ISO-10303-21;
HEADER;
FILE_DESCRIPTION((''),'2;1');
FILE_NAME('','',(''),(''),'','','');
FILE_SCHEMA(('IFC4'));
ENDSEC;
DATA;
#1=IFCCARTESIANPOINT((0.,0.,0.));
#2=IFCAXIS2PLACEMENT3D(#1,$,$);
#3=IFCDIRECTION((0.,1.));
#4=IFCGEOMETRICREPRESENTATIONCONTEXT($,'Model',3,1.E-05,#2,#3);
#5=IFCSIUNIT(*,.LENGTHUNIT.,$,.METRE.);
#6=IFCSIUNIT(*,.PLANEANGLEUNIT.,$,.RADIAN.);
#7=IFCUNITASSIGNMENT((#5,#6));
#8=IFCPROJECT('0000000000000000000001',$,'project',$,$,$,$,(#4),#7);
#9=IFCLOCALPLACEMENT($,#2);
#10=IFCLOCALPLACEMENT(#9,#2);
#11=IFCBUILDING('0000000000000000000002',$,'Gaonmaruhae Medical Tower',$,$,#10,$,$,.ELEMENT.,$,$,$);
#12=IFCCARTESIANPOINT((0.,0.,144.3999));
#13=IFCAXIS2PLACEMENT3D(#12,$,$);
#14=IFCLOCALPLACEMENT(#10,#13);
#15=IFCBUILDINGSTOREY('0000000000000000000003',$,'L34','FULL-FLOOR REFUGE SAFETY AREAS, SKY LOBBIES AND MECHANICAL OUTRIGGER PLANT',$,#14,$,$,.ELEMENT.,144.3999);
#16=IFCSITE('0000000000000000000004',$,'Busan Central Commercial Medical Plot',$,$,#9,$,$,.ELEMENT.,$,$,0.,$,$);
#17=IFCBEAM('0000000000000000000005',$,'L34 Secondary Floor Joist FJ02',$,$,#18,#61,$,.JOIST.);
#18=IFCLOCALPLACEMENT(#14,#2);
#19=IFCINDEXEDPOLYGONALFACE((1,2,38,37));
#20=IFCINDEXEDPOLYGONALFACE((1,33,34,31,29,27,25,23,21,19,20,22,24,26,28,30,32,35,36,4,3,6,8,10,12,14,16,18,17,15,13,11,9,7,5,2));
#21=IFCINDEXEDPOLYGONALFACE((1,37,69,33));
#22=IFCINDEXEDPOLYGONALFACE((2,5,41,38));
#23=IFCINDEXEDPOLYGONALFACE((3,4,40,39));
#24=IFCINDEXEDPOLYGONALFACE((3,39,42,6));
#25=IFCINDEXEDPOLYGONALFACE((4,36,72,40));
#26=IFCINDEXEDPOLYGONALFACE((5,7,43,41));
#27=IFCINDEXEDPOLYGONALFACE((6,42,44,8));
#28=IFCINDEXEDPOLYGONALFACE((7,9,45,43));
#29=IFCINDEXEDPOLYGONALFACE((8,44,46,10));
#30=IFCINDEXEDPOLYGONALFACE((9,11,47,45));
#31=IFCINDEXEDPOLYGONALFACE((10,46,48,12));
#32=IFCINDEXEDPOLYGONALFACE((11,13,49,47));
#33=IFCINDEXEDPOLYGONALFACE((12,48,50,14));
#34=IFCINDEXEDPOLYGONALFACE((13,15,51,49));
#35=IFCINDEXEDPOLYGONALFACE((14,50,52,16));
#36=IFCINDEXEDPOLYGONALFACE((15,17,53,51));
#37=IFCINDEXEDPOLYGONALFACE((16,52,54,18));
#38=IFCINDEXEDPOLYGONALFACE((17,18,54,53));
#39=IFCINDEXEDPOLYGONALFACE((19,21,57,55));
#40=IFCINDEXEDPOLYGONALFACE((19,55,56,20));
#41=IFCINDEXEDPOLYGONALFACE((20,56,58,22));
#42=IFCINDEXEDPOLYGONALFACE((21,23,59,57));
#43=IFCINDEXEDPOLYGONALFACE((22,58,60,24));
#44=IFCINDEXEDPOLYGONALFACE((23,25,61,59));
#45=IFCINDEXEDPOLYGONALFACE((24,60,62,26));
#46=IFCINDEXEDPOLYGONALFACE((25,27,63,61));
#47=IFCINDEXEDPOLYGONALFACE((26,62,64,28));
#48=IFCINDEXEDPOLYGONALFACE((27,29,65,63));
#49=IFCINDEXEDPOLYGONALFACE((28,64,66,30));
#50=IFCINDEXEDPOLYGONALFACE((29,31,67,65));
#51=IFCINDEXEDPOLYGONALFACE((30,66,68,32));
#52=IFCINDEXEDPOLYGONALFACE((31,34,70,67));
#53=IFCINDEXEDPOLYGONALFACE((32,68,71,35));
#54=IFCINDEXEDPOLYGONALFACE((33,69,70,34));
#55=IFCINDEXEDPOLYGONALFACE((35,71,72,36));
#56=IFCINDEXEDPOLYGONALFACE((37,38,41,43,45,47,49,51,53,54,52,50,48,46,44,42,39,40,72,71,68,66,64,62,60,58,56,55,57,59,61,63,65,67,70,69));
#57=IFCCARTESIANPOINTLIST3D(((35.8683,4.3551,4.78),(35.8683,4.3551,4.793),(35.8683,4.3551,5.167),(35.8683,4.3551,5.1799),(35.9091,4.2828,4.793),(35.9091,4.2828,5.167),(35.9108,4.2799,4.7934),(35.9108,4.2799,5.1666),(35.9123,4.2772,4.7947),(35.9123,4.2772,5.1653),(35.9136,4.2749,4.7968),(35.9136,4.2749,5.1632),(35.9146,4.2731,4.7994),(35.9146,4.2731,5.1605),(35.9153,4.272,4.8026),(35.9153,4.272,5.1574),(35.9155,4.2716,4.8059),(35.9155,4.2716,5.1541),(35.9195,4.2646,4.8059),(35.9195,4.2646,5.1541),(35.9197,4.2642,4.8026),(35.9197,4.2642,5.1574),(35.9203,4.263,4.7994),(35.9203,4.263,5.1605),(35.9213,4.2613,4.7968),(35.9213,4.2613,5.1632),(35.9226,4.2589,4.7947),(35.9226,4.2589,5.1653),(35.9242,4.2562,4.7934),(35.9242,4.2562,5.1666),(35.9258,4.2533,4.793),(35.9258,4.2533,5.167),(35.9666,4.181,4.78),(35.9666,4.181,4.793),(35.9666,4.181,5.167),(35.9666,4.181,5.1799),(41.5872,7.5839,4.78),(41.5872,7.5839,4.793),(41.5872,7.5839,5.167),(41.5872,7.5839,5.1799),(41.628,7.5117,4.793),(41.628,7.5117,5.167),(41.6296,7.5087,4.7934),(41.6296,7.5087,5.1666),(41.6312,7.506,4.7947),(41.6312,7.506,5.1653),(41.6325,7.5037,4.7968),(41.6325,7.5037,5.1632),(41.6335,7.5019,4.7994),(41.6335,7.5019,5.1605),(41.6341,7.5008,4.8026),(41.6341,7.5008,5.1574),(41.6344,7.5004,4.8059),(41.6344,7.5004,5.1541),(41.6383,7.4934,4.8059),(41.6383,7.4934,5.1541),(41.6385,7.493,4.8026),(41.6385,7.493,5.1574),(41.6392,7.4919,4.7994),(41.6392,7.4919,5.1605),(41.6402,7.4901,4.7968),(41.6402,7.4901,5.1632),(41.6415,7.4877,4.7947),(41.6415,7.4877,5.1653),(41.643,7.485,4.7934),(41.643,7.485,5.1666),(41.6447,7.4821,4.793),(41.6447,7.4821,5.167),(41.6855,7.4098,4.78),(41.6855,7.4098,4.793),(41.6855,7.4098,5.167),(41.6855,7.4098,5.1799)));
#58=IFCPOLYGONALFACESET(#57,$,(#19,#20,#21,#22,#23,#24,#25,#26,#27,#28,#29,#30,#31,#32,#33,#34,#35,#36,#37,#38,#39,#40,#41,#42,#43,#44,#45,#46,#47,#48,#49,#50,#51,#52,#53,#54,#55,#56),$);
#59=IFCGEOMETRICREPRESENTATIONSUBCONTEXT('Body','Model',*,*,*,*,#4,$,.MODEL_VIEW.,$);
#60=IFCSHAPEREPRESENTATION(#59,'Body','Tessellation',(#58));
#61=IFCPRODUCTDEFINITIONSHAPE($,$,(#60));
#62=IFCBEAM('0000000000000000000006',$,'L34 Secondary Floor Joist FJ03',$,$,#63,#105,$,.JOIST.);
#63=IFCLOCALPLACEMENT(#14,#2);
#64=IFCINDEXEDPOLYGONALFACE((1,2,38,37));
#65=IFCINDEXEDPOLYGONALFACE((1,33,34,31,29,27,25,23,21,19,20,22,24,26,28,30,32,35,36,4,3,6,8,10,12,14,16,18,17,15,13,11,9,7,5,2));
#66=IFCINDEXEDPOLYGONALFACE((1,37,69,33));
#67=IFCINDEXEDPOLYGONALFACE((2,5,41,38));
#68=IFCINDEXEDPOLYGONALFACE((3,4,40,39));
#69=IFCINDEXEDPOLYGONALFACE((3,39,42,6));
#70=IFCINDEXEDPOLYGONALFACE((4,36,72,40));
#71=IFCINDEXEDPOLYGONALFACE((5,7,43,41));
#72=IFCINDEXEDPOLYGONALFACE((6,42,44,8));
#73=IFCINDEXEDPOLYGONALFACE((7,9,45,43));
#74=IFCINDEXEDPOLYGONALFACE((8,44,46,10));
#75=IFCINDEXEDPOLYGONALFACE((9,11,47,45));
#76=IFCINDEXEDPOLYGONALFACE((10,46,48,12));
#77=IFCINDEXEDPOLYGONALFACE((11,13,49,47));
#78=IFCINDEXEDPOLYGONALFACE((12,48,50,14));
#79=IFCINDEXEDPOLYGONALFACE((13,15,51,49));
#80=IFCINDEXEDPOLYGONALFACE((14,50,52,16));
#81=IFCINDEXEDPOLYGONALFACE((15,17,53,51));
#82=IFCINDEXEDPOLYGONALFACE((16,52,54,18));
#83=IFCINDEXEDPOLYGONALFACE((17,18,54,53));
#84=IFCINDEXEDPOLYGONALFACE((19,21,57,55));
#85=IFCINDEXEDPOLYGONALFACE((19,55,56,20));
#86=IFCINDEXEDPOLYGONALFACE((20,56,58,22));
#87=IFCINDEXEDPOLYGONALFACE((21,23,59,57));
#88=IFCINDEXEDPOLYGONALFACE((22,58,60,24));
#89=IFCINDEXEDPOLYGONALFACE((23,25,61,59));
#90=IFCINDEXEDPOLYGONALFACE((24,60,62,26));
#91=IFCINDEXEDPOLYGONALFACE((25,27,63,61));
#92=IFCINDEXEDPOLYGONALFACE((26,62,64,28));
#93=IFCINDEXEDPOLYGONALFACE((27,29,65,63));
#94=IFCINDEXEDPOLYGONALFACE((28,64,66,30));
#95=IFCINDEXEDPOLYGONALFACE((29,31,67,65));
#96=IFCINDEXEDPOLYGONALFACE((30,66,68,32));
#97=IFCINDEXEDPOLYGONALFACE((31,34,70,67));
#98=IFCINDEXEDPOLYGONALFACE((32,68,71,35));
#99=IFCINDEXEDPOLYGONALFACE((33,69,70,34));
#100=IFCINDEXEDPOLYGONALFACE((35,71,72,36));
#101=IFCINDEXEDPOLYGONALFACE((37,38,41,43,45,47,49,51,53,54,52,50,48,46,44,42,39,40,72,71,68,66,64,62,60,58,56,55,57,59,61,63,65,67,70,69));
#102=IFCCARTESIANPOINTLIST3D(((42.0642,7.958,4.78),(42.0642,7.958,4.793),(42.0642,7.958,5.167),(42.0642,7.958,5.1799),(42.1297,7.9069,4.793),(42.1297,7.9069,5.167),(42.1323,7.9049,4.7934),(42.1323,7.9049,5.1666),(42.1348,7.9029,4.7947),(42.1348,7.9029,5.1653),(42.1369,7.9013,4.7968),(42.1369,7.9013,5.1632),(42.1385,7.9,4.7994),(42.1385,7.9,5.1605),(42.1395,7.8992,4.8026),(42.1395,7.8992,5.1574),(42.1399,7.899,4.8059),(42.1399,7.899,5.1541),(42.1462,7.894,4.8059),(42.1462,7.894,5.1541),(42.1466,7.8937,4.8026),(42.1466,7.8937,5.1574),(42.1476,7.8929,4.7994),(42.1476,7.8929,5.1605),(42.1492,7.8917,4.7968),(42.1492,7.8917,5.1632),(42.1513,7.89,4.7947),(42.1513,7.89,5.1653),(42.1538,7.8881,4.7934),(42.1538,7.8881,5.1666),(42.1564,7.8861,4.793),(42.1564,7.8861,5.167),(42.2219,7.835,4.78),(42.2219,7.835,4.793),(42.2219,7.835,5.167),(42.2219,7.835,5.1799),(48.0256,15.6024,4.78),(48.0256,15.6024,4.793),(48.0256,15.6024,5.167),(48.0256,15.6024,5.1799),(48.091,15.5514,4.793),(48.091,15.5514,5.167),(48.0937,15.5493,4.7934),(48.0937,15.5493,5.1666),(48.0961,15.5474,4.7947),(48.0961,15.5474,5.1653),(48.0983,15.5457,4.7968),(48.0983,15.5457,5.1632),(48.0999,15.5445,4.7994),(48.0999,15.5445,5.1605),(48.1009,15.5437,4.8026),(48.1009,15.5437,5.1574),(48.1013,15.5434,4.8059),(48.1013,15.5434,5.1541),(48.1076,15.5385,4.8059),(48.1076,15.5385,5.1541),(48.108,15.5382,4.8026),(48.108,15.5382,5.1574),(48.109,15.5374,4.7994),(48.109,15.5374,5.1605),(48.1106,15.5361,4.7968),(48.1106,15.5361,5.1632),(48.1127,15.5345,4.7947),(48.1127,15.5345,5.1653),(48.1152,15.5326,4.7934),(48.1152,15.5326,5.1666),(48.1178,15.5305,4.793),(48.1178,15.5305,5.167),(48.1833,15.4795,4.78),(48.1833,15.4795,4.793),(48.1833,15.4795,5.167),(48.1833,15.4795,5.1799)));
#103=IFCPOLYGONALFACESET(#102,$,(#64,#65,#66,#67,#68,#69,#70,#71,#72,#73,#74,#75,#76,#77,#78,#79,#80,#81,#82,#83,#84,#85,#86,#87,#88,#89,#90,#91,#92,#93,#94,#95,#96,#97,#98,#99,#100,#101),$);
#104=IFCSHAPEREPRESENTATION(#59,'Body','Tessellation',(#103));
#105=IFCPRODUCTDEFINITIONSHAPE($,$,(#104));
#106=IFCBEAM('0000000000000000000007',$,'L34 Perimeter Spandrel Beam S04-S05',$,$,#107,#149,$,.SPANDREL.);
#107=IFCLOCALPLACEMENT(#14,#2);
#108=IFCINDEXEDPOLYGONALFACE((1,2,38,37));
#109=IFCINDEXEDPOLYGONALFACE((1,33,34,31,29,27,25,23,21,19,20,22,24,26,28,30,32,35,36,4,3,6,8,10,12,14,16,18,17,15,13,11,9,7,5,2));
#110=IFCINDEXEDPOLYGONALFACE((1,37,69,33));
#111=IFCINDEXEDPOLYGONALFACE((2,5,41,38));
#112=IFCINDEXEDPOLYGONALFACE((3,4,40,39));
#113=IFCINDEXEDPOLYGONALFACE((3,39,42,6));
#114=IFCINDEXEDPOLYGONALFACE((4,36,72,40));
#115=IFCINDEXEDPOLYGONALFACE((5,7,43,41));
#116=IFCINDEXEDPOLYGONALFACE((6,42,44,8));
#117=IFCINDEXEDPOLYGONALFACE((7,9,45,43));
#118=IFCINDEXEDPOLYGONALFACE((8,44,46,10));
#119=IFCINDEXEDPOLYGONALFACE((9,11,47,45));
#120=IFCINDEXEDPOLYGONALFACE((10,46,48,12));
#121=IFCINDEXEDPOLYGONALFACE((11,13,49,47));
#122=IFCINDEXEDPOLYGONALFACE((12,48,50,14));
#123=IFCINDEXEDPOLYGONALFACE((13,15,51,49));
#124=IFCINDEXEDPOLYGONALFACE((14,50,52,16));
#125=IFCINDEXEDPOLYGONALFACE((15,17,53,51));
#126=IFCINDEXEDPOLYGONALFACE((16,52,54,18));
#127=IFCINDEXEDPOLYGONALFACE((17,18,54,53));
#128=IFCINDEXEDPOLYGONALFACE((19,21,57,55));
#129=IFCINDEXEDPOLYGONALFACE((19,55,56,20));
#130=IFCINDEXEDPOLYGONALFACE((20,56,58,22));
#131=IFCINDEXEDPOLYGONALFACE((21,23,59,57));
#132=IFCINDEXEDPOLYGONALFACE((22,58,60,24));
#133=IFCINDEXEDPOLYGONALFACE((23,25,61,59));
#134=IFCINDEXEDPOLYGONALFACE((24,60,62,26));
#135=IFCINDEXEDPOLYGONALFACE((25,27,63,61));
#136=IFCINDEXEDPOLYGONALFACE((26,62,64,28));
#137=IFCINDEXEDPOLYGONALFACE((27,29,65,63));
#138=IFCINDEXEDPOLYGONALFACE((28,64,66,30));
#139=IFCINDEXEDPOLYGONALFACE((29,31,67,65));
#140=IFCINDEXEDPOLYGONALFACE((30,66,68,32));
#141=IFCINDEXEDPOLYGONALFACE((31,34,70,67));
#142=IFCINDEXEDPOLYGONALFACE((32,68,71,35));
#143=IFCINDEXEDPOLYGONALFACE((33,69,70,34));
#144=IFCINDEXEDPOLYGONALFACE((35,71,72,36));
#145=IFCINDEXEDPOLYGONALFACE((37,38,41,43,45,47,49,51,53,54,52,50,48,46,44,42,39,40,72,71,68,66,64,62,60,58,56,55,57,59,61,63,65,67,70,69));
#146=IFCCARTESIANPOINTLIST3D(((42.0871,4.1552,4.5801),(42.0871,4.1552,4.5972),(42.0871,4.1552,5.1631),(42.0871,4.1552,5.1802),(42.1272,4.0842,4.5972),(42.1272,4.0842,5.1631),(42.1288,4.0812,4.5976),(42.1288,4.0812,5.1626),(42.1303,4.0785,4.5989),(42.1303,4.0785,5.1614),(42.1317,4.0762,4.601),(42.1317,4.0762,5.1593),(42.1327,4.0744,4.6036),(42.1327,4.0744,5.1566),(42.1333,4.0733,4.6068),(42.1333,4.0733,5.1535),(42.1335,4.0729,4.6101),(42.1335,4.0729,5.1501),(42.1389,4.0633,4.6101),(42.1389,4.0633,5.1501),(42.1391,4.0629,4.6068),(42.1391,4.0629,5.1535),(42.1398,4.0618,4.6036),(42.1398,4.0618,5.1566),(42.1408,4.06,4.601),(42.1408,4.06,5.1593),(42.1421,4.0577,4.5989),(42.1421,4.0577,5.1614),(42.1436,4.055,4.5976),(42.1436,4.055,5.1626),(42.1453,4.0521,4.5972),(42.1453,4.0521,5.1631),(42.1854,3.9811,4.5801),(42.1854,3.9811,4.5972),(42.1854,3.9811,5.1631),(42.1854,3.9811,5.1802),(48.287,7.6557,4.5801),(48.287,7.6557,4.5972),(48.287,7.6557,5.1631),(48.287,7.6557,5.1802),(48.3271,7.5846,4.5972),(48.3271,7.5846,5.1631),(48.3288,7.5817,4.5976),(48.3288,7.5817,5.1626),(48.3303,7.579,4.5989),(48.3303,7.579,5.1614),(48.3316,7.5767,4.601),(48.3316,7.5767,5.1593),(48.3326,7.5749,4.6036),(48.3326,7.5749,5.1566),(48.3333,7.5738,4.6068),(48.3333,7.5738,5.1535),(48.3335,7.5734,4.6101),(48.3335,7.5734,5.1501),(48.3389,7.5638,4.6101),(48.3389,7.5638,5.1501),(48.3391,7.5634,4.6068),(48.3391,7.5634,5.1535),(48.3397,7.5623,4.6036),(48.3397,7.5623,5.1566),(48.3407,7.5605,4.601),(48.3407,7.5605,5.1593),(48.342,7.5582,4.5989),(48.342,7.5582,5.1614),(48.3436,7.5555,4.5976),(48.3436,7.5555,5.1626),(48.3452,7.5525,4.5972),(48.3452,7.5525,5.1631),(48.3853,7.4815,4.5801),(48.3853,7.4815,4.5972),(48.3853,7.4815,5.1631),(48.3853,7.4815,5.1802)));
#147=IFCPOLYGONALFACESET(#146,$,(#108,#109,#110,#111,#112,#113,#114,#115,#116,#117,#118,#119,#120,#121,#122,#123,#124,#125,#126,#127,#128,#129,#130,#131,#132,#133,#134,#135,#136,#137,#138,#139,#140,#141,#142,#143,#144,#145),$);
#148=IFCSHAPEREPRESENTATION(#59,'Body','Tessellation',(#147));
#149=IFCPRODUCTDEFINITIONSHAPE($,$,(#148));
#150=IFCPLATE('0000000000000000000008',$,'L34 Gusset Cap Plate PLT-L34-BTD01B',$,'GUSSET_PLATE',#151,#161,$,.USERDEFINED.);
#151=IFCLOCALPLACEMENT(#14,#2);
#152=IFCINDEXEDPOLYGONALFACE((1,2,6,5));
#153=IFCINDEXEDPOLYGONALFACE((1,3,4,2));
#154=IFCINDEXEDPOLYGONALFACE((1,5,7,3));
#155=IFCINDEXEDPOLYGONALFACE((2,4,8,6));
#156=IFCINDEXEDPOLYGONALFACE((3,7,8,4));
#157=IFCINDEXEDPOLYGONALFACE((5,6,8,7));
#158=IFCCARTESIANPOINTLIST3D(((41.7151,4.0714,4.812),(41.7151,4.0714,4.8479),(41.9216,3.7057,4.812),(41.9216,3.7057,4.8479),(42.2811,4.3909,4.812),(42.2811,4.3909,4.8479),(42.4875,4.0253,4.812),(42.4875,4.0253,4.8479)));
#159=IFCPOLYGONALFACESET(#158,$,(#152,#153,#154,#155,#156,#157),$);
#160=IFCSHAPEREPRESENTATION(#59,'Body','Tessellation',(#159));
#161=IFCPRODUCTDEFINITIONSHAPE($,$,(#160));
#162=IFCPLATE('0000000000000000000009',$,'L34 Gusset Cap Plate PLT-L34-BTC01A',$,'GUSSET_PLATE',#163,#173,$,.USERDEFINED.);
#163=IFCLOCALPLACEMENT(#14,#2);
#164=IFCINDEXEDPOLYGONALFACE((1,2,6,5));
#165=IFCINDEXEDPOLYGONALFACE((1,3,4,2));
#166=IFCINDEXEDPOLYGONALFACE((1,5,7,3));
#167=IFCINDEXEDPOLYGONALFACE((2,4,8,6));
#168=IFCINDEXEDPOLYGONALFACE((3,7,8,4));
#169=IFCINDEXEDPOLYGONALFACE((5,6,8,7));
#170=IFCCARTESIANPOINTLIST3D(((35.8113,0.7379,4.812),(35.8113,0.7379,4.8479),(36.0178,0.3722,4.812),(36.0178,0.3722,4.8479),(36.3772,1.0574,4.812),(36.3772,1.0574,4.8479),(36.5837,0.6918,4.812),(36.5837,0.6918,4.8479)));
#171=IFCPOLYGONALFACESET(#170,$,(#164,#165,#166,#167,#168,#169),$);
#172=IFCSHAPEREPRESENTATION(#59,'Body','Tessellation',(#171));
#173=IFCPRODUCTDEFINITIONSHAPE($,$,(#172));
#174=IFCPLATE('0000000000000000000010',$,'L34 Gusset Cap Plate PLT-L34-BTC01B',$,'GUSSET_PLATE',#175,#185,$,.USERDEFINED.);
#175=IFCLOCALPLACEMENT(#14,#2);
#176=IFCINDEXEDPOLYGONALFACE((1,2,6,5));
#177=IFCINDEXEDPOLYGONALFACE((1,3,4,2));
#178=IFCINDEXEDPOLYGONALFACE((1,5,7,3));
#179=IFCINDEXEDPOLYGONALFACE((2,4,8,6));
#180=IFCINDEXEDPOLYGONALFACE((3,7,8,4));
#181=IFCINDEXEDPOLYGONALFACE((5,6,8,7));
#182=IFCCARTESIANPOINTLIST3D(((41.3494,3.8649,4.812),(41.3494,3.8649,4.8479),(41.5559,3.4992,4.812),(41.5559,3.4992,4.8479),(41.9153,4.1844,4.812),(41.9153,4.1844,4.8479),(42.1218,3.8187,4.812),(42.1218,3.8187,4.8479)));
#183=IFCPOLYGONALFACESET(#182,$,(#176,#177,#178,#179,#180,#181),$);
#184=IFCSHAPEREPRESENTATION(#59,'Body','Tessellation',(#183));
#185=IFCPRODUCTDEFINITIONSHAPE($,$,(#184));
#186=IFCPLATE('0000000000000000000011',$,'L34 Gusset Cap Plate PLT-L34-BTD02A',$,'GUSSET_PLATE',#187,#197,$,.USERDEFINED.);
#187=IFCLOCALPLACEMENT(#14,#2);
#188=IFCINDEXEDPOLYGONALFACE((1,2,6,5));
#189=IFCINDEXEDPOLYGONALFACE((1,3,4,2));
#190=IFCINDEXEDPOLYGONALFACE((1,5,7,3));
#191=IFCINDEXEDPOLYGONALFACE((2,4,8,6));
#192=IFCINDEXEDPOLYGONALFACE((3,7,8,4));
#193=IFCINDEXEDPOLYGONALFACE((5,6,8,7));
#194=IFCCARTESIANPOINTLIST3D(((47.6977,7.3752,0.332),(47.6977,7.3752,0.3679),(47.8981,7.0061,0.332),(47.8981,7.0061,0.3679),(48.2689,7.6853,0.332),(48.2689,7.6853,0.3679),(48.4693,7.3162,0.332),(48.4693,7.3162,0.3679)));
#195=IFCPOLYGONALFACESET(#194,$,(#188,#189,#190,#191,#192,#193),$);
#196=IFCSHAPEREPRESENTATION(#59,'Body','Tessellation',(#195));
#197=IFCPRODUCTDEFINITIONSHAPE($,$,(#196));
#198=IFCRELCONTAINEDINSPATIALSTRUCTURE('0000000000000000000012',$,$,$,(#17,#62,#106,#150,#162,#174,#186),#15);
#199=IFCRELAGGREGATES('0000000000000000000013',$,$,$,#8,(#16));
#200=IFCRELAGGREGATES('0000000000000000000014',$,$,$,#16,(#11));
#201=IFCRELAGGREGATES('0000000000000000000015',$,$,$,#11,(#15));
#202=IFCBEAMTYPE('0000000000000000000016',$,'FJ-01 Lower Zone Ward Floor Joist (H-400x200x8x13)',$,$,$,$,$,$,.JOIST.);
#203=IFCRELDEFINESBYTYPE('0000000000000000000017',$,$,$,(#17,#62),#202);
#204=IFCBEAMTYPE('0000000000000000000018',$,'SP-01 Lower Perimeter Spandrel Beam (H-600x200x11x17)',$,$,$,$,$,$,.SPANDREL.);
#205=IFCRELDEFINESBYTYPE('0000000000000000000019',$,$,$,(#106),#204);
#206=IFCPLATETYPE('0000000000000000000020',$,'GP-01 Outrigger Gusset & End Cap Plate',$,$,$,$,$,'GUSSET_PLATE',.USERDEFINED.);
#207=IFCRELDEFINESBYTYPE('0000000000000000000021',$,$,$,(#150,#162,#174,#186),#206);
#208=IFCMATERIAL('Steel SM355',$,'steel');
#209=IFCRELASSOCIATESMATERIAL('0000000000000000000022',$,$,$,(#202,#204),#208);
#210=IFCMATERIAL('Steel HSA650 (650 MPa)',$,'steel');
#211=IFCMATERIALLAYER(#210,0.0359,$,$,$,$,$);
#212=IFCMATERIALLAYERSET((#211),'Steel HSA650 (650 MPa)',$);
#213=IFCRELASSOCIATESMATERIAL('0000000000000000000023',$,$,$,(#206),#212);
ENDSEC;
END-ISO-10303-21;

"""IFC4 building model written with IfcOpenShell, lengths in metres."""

from ifc_helpers import new_model, si_unit, direction, frame, origin, origin_2d, place, context, subcontext, project, spatial, rectangle, i_section, extrude, material, layer, layer_set, material_profile, profile_set, type_object, element, save


model = new_model("IFC4")

# Units and contexts
model_context = context("Model", 3, precision=1e-05, world=origin(), true_north=direction((0.0, 1.0)))
body_context = subcontext(model_context, "Body", "Model", "MODEL_VIEW")
ifc_project = project(units=[si_unit("LENGTHUNIT", "METRE"), si_unit("PLANEANGLEUNIT", "RADIAN")], contexts=[model_context])

# Site, building, storey
site_placement = place(None, origin())
site = spatial("IfcSite", under=ifc_project, at=site_placement, Name="Busan Central Commercial Medical Plot", CompositionType="ELEMENT", RefElevation=0.0)
building_placement = place(site_placement, origin())
building = spatial("IfcBuilding", under=site, at=building_placement, Name="Gaonmaruhae Medical Tower", CompositionType="ELEMENT")
storey_placement = place(building_placement, frame((0.0, 0.0, 144.3999)))
storey = spatial("IfcBuildingStorey", under=building, at=storey_placement, Name="L34", Description="FULL-FLOOR REFUGE SAFETY AREAS, SKY LOBBIES AND MECHANICAL OUTRIGGER PLANT", CompositionType="ELEMENT", Elevation=144.3999)

# Shared definitions
ifc_material_1 = material(Name="Steel HSA650 (650 MPa)", Category="steel")

# Beams
ifc_material_2 = material(Name="Steel SM355", Category="steel")
ifc_material_profile_1 = material_profile(ifc_material_2, i_section(OverallWidth=0.2, OverallDepth=0.3999, WebThickness=0.0081, FlangeThickness=0.0129, FilletRadius=0.0129, at=origin_2d()), Name="H-400x200x8x13")
ifc_profile_set_1 = profile_set([ifc_material_profile_1], Name="Steel SM355")
beam_type_1 = type_object("IfcBeamType", Name="FJ-01 Lower Zone Ward Floor Joist (H-400x200x8x13)", PredefinedType="JOIST", material=ifc_profile_set_1)
beam_1_placement = place(storey_placement, frame((35.9175, 4.2681, 4.98), z_axis=(0.870796, 0.491644, 0.0), x_axis=(-0.491644, 0.870796, 0.0)))
element("IfcBeam", 1, at=beam_1_placement, inside=storey, type_object=beam_type_1, Name="L34 Secondary Floor Joist FJ02", PredefinedType="JOIST", context=body_context, shape_type="SweptSolid", body=[
    extrude(i_section(OverallWidth=0.2, OverallDepth=0.3999, WebThickness=0.0081, FlangeThickness=0.0129, FilletRadius=0.0129, at=origin_2d()), origin(), (0.0, 0.0, 1.0), 6.5674),
])
beam_2_placement = place(storey_placement, frame((42.1431, 7.8965, 4.98), z_axis=(0.614948, 0.788568, 0.0), x_axis=(-0.788568, 0.614948, 0.0)))
element("IfcBeam", 2, at=beam_2_placement, inside=storey, type_object=beam_type_1, Name="L34 Secondary Floor Joist FJ03", PredefinedType="JOIST", context=body_context, shape_type="SweptSolid", body=[
    extrude(i_section(OverallWidth=0.2, OverallDepth=0.3999, WebThickness=0.0081, FlangeThickness=0.0129, FilletRadius=0.0129, at=origin_2d()), origin(), (0.0, 0.0, 1.0), 9.6941),
])
ifc_material_profile_2 = material_profile(ifc_material_2, i_section(OverallWidth=0.2, OverallDepth=0.6001, WebThickness=0.011, FlangeThickness=0.0171, FilletRadius=0.0129, at=origin_2d()), Name="H-600x200x11x17")
ifc_profile_set_2 = profile_set([ifc_material_profile_2], Name="Steel SM355")
beam_type_2 = type_object("IfcBeamType", Name="SP-01 Lower Perimeter Spandrel Beam (H-600x200x11x17)", PredefinedType="SPANDREL", material=ifc_profile_set_2)
beam_3_placement = place(storey_placement, frame((42.1362, 4.0681, 4.8801), z_axis=(0.870793, 0.491649, 0.0), x_axis=(-0.491649, 0.870793, 0.0)))
element("IfcBeam", 3, at=beam_3_placement, inside=storey, type_object=beam_type_2, Name="L34 Perimeter Spandrel Beam S04-S05", PredefinedType="SPANDREL", context=body_context, shape_type="SweptSolid", body=[
    extrude(i_section(OverallWidth=0.2, OverallDepth=0.6001, WebThickness=0.011, FlangeThickness=0.0171, FilletRadius=0.0129, at=origin_2d()), origin(), (0.0, 0.0, 1.0), 7.1199),
])

# Plates
ifc_layer_1 = layer(ifc_material_1, 0.0359)
ifc_layer_set_1 = layer_set([ifc_layer_1], Name="Steel HSA650 (650 MPa)")
plate_type_1 = type_object("IfcPlateType", Name="GP-01 Outrigger Gusset & End Cap Plate", ElementType="GUSSET_PLATE", PredefinedType="USERDEFINED", material=ifc_layer_set_1)
for number, where, z_axis, x_axis, name in (
    (4, (42.1013, 4.0483, 4.812), (0.0, 0.0, 1.0), (0.870785, 0.491664, 0.0), "L34 Gusset Cap Plate PLT-L34-BTD01B"),
    (5, (36.1975, 0.7148, 4.812), (0.0, 0.0, 1.0), (0.870785, 0.491664, 0.0), "L34 Gusset Cap Plate PLT-L34-BTC01A"),
    (6, (41.7356, 3.8418, 4.812), (0.0, 0.0, 1.0), (0.870785, 0.491664, 0.0), "L34 Gusset Cap Plate PLT-L34-BTC01B"),
    (7, (48.0835, 7.3457, 0.332), (0.0, 0.0, 1.0), (0.878817, 0.477159, 0.0), "L34 Gusset Cap Plate PLT-L34-BTD02A"),
):
    element("IfcPlate", number, at=place(storey_placement, frame(where, z_axis=z_axis, x_axis=x_axis)), inside=storey, type_object=plate_type_1, Name=name, ObjectType="GUSSET_PLATE", PredefinedType="USERDEFINED", context=body_context, shape_type="SweptSolid", body=[
        extrude(rectangle(XDim=0.6499, YDim=0.4199, at=origin_2d()), origin(), (0.0, 0.0, 1.0), 0.0359),
    ])

save(model, "model.ifc")
